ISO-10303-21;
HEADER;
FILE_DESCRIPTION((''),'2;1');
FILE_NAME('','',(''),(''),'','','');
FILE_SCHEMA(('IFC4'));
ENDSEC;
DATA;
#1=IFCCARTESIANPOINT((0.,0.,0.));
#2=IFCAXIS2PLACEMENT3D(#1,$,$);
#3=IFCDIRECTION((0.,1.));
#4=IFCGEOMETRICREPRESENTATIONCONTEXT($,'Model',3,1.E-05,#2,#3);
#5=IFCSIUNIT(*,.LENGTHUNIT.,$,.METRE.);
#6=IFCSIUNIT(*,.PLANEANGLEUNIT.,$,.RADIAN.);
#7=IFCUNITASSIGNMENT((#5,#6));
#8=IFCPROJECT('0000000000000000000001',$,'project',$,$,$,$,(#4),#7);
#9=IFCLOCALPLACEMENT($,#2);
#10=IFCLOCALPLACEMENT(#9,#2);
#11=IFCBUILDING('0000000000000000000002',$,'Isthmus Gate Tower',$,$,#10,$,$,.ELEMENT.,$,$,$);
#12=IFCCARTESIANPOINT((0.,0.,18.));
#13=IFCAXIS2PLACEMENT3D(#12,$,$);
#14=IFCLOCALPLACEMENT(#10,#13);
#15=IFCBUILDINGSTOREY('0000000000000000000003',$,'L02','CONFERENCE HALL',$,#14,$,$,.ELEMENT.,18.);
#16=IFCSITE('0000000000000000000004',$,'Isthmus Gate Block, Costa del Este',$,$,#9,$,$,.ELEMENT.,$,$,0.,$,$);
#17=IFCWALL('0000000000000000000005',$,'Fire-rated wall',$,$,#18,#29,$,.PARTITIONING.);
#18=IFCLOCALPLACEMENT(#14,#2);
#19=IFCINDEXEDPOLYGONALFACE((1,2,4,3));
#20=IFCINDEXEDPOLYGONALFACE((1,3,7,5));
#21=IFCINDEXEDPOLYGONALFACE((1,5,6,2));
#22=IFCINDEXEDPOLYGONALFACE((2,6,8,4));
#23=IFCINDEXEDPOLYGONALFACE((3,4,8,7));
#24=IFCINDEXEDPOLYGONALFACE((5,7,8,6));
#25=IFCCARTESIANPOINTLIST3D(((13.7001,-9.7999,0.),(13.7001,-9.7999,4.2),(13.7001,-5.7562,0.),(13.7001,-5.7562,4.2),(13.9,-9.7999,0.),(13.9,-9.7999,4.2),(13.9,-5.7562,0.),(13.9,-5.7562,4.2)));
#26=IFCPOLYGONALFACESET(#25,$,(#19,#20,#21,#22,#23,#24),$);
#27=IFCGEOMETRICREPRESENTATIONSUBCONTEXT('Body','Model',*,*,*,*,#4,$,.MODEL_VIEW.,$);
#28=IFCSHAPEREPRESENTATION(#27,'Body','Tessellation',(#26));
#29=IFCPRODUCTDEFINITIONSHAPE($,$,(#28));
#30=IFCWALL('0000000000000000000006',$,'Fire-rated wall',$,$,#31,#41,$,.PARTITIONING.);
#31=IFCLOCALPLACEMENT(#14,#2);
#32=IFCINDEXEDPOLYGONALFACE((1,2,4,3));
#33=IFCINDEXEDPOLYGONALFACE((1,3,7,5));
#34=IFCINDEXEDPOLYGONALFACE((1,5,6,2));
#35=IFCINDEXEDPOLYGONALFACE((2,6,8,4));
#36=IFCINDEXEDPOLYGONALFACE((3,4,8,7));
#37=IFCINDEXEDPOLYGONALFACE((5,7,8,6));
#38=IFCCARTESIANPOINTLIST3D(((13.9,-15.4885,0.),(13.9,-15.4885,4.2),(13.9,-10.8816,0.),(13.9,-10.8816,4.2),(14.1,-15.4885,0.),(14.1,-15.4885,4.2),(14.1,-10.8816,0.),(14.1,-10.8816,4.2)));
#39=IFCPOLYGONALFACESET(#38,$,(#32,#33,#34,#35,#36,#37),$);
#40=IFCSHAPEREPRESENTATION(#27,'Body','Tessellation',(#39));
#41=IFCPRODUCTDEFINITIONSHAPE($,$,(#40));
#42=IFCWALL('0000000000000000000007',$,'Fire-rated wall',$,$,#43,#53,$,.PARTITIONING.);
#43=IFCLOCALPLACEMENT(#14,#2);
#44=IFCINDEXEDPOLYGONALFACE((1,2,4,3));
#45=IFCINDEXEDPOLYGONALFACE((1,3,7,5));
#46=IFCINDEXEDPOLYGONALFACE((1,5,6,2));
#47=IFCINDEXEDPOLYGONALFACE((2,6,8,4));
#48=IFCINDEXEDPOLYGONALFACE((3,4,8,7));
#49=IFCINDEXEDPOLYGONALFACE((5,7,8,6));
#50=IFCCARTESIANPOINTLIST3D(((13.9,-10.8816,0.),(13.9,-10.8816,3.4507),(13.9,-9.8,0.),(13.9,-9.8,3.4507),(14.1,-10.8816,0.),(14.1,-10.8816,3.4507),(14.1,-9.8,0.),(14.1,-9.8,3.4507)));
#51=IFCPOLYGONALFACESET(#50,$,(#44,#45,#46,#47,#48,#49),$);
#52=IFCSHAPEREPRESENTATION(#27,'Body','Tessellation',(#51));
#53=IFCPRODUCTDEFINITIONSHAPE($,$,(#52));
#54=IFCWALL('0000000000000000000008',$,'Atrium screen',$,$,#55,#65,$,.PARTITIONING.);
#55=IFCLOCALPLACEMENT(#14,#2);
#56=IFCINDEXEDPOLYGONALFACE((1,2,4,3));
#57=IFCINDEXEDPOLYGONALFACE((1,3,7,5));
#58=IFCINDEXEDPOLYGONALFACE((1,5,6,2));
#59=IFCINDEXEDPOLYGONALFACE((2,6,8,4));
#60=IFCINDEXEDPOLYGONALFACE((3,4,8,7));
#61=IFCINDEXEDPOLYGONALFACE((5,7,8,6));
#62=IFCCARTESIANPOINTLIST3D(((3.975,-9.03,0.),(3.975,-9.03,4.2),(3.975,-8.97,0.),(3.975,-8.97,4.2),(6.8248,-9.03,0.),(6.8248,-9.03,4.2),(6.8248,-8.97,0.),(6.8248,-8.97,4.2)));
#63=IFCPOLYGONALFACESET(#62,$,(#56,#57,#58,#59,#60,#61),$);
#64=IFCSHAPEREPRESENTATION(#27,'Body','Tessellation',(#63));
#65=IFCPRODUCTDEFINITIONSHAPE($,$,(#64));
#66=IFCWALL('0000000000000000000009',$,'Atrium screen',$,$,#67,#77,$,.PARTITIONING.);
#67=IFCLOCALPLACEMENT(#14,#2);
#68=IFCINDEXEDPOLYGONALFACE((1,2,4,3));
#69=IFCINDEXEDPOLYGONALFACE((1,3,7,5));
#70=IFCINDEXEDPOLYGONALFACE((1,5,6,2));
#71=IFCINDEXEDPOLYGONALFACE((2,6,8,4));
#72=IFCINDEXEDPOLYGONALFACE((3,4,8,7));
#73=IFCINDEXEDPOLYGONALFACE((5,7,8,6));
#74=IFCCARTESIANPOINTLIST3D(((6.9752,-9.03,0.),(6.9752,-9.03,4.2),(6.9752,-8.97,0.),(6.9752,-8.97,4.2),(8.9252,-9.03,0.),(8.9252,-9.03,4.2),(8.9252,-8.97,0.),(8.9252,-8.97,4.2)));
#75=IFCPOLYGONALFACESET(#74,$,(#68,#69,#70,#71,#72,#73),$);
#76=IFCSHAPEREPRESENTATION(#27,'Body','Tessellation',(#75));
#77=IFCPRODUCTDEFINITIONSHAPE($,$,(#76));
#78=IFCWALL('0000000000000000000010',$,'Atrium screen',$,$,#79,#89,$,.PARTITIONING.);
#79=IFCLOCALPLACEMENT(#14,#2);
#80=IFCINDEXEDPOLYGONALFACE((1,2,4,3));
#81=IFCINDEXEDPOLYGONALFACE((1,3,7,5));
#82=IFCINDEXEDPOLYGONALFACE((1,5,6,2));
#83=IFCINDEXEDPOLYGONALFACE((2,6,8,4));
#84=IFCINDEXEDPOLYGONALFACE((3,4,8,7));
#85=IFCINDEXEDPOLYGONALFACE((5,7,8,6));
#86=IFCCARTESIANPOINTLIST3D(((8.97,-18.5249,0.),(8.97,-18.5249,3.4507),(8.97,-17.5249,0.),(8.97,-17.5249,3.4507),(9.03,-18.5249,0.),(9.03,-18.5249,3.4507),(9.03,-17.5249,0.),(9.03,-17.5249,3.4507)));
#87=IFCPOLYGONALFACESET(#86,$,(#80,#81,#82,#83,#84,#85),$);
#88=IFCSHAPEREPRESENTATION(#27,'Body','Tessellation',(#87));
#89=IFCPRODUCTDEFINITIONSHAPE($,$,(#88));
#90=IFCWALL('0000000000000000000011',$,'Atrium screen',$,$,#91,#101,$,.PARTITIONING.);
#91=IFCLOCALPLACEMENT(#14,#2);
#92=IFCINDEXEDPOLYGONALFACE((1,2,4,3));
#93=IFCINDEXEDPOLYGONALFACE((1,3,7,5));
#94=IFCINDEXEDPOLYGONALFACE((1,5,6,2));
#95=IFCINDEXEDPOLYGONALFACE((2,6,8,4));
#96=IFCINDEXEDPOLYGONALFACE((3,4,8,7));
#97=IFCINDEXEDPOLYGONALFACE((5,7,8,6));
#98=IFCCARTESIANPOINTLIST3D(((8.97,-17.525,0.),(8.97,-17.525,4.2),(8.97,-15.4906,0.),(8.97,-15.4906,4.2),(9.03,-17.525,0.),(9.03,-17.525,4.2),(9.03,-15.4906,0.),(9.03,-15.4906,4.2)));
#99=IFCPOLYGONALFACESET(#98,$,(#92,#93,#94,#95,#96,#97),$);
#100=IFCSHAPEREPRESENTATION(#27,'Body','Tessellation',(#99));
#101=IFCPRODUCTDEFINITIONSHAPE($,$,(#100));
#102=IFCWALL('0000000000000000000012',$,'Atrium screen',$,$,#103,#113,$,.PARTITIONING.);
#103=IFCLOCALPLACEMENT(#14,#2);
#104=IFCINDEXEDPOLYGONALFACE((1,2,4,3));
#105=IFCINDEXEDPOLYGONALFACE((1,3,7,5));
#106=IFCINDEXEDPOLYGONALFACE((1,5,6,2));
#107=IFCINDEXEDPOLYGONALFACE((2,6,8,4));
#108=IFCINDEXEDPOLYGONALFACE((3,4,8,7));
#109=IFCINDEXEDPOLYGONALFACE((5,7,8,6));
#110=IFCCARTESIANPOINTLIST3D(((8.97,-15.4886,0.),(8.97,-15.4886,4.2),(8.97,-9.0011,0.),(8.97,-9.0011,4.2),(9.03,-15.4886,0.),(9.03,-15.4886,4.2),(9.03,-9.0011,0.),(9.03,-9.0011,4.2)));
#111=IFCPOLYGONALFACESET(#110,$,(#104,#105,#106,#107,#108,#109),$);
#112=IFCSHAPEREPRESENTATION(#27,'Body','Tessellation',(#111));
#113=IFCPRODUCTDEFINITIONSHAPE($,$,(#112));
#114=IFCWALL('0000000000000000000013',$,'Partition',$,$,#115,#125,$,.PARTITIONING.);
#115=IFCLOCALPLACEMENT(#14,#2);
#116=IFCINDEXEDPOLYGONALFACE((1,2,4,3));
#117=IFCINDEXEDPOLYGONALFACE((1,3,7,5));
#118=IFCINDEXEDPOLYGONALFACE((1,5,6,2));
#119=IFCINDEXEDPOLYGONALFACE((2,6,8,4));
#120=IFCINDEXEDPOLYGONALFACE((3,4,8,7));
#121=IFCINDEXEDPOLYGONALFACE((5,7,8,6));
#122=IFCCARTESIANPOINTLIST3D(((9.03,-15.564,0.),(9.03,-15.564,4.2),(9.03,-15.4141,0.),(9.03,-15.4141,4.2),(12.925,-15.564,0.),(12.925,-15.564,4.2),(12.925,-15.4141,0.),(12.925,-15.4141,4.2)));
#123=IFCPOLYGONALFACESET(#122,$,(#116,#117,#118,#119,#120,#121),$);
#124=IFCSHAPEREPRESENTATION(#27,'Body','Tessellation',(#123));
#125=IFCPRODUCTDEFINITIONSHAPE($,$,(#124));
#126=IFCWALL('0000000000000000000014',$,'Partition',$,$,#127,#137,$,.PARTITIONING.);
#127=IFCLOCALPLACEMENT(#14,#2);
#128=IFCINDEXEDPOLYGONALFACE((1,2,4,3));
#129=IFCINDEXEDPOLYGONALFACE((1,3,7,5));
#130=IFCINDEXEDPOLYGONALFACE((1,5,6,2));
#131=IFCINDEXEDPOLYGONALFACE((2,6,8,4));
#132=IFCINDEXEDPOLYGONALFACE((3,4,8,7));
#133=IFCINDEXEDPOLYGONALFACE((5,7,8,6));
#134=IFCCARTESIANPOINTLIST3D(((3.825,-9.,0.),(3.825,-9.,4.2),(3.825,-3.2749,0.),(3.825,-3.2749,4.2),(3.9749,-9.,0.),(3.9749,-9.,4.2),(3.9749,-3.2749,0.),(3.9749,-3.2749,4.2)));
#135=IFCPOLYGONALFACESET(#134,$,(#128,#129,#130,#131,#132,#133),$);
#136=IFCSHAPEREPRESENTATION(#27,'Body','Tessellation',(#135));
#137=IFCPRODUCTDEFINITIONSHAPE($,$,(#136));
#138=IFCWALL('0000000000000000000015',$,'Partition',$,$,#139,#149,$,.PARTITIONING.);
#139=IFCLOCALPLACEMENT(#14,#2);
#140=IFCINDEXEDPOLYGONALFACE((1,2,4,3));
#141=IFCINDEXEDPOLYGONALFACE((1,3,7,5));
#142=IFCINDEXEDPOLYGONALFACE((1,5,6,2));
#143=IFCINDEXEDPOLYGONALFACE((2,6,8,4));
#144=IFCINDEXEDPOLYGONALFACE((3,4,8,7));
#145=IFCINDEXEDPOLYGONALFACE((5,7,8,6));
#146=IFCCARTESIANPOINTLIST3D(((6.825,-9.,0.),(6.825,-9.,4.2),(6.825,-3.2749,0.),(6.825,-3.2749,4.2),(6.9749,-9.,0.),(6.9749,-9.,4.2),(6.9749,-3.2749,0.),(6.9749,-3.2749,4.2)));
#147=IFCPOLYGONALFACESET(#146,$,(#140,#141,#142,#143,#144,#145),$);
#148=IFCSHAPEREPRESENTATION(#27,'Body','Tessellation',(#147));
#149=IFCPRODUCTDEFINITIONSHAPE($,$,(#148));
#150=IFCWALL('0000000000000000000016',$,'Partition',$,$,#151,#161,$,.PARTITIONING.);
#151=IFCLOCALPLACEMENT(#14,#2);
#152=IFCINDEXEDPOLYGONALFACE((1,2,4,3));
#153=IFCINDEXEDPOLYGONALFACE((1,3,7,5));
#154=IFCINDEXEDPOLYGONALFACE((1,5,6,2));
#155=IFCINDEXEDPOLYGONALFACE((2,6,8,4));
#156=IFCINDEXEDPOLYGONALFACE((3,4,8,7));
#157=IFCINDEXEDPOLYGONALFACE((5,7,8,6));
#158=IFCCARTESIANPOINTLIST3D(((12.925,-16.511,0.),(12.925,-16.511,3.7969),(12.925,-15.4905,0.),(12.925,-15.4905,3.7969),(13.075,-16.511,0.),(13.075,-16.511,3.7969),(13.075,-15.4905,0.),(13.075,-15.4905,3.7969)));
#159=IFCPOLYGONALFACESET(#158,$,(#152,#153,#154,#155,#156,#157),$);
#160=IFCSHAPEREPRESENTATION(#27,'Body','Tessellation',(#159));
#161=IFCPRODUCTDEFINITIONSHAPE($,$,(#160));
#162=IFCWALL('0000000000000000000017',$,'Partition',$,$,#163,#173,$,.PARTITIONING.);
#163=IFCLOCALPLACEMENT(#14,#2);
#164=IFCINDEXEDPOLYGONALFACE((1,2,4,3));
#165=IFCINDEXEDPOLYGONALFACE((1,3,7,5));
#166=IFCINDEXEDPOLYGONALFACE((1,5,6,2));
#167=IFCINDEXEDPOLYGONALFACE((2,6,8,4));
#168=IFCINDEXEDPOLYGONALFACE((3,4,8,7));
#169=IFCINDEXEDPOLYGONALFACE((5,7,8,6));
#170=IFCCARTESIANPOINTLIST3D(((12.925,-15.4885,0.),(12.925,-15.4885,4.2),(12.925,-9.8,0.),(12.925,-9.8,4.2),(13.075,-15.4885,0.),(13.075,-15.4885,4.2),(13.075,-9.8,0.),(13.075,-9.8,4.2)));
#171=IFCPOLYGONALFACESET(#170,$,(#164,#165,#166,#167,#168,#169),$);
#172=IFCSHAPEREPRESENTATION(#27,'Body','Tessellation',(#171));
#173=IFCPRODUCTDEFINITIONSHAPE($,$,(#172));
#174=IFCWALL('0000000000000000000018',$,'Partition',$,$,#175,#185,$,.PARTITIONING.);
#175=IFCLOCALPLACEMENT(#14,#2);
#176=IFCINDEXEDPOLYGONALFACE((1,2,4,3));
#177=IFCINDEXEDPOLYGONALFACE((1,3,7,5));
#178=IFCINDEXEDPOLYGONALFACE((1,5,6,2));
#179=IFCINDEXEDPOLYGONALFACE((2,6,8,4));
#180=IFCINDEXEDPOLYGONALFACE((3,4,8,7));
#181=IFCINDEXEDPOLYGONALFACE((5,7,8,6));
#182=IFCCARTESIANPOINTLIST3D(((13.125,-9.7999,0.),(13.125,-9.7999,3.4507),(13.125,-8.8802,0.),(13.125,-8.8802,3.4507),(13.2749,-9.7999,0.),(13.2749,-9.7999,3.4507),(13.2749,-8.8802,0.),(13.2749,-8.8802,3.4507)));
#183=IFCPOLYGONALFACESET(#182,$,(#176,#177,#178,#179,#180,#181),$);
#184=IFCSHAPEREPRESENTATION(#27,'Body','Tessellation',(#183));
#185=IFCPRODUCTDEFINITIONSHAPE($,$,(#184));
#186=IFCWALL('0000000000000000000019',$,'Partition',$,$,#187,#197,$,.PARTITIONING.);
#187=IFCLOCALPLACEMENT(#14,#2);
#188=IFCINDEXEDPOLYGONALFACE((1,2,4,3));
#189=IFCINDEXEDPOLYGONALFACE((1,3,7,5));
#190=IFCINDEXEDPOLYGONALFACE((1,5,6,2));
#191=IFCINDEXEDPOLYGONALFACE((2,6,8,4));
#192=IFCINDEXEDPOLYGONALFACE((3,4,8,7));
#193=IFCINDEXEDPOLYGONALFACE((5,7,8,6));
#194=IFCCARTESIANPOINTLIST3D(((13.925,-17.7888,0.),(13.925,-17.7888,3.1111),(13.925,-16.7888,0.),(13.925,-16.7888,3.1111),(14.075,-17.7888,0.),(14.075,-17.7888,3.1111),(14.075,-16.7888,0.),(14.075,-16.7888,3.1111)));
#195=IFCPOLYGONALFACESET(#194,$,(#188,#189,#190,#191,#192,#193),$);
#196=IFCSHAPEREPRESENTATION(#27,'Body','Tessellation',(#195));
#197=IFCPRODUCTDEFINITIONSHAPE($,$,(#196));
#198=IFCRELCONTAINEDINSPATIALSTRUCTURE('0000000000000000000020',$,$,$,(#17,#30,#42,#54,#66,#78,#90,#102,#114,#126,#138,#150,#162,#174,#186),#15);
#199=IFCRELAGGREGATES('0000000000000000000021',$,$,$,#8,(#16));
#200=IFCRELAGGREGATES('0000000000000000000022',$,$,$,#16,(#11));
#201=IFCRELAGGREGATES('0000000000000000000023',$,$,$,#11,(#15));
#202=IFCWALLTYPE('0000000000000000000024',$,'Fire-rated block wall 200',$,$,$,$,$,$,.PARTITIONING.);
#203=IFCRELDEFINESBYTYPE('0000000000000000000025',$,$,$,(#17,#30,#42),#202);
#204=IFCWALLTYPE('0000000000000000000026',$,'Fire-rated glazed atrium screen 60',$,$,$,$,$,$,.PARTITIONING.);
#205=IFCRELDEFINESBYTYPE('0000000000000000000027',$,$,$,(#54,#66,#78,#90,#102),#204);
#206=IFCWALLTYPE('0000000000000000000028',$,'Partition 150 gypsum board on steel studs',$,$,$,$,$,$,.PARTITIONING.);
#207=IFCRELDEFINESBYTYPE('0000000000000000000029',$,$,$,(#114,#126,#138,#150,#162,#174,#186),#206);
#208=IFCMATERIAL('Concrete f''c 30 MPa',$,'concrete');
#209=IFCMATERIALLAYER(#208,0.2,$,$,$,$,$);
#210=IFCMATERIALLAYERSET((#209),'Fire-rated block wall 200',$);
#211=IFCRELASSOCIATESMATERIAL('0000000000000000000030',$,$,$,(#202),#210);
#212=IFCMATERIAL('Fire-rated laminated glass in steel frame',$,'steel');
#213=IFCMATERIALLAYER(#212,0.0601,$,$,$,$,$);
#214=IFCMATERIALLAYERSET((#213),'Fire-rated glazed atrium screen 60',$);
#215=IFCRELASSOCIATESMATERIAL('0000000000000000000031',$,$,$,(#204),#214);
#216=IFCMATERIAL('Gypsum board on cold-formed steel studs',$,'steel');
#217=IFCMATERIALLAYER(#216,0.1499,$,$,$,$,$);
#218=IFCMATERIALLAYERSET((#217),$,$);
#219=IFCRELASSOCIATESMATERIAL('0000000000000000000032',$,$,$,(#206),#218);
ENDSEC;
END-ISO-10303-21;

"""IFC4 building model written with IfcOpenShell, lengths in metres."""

from ifc_helpers import new_model, si_unit, direction, frame, frame_2d, origin, place, context, subcontext, project, spatial, rectangle, extrude, material, layer, layer_set, type_object, element, save


model = new_model("IFC4")

# Units and contexts
model_context = context("Model", 3, precision=1e-05, world=origin(), true_north=direction((0.0, 1.0)))
body_context = subcontext(model_context, "Body", "Model", "MODEL_VIEW")
ifc_project = project(units=[si_unit("LENGTHUNIT", "METRE"), si_unit("PLANEANGLEUNIT", "RADIAN")], contexts=[model_context])

# Site, building, storey
site_placement = place(None, origin())
site = spatial("IfcSite", under=ifc_project, at=site_placement, Name="Isthmus Gate Block, Costa del Este", CompositionType="ELEMENT", RefElevation=0.0)
building_placement = place(site_placement, origin())
building = spatial("IfcBuilding", under=site, at=building_placement, Name="Isthmus Gate Tower", CompositionType="ELEMENT")
storey_placement = place(building_placement, frame((0.0, 0.0, 18.0)))
storey = spatial("IfcBuildingStorey", under=building, at=storey_placement, Name="L02", Description="CONFERENCE HALL", CompositionType="ELEMENT", Elevation=18.0)

# Walls
ifc_material_1 = material(Name="Concrete f'c 30 MPa", Category="concrete")
ifc_layer_1 = layer(ifc_material_1, 0.2)
ifc_layer_set_1 = layer_set([ifc_layer_1], Name="Fire-rated block wall 200")
wall_type_1 = type_object("IfcWallType", Name="Fire-rated block wall 200", PredefinedType="PARTITIONING", material=ifc_layer_set_1)
wall_1_placement = place(storey_placement, frame((13.8, -9.8, 0.0), z_axis=(0.0, 0.0, 1.0), x_axis=(0.0, 1.0, 0.0)))
element("IfcWall", 1, at=wall_1_placement, inside=storey, type_object=wall_type_1, Name="Fire-rated wall", PredefinedType="PARTITIONING", context=body_context, shape_type="SweptSolid", body=[
    extrude(rectangle(XDim=4.0437, YDim=0.2, at=frame_2d((2.022, 0.0))), origin(), (0.0, 0.0, 1.0), 4.2),
])
wall_2_placement = place(storey_placement, frame((14.0, -15.4885, 0.0), z_axis=(0.0, 0.0, 1.0), x_axis=(0.0, 1.0, 0.0)))
element("IfcWall", 2, at=wall_2_placement, inside=storey, type_object=wall_type_1, Name="Fire-rated wall", PredefinedType="PARTITIONING", context=body_context, shape_type="SweptSolid", body=[
    extrude(rectangle(XDim=4.6069, YDim=0.2, at=frame_2d((2.3035, 0.0))), origin(), (0.0, 0.0, 1.0), 4.2),
])
wall_3_placement = place(storey_placement, frame((14.0, -10.8816, 0.0), z_axis=(0.0, 0.0, 1.0), x_axis=(0.0, 1.0, 0.0)))
element("IfcWall", 3, at=wall_3_placement, inside=storey, type_object=wall_type_1, Name="Fire-rated wall", PredefinedType="PARTITIONING", context=body_context, shape_type="SweptSolid", body=[
    extrude(rectangle(XDim=1.0815, YDim=0.2, at=frame_2d((0.5408, 0.0))), origin(), (0.0, 0.0, 1.0), 3.4507),
])
ifc_material_2 = material(Name="Fire-rated laminated glass in steel frame", Category="steel")
ifc_layer_2 = layer(ifc_material_2, 0.0601)
ifc_layer_set_2 = layer_set([ifc_layer_2], Name="Fire-rated glazed atrium screen 60")
wall_type_2 = type_object("IfcWallType", Name="Fire-rated glazed atrium screen 60", PredefinedType="PARTITIONING", material=ifc_layer_set_2)
wall_4_placement = place(storey_placement, frame((3.9751, -9.0, 0.0), z_axis=(0.0, 0.0, 1.0), x_axis=(1.0, 0.0, 0.0)))
element("IfcWall", 4, at=wall_4_placement, inside=storey, type_object=wall_type_2, Name="Atrium screen", PredefinedType="PARTITIONING", context=body_context, shape_type="SweptSolid", body=[
    extrude(rectangle(XDim=2.8499, YDim=0.0601, at=frame_2d((1.4248, 0.0))), origin(), (0.0, 0.0, 1.0), 4.2),
])
wall_5_placement = place(storey_placement, frame((6.9751, -9.0, 0.0), z_axis=(0.0, 0.0, 1.0), x_axis=(1.0, 0.0, 0.0)))
element("IfcWall", 5, at=wall_5_placement, inside=storey, type_object=wall_type_2, Name="Atrium screen", PredefinedType="PARTITIONING", context=body_context, shape_type="SweptSolid", body=[
    extrude(rectangle(XDim=1.95, YDim=0.0601, at=frame_2d((0.9751, 0.0))), origin(), (0.0, 0.0, 1.0), 4.2),
])
wall_6_placement = place(storey_placement, frame((9.0, -18.5249, 0.0), z_axis=(0.0, 0.0, 1.0), x_axis=(0.0, 1.0, 0.0)))
element("IfcWall", 6, at=wall_6_placement, inside=storey, type_object=wall_type_2, Name="Atrium screen", PredefinedType="PARTITIONING", context=body_context, shape_type="SweptSolid", body=[
    extrude(rectangle(XDim=1.0, YDim=0.0601, at=frame_2d((0.5, 0.0))), origin(), (0.0, 0.0, 1.0), 3.4507),
])
wall_7_placement = place(storey_placement, frame((9.0, -17.5249, 0.0), z_axis=(0.0, 0.0, 1.0), x_axis=(0.0, 1.0, 0.0)))
element("IfcWall", 7, at=wall_7_placement, inside=storey, type_object=wall_type_2, Name="Atrium screen", PredefinedType="PARTITIONING", context=body_context, shape_type="SweptSolid", body=[
    extrude(rectangle(XDim=2.0344, YDim=0.0601, at=frame_2d((1.0171, 0.0))), origin(), (0.0, 0.0, 1.0), 4.2),
])
wall_8_placement = place(storey_placement, frame((9.0, -15.4885, 0.0), z_axis=(0.0, 0.0, 1.0), x_axis=(0.0, 1.0, 0.0)))
element("IfcWall", 8, at=wall_8_placement, inside=storey, type_object=wall_type_2, Name="Atrium screen", PredefinedType="PARTITIONING", context=body_context, shape_type="SweptSolid", body=[
    extrude(rectangle(XDim=6.4875, YDim=0.0601, at=frame_2d((3.2437, 0.0))), origin(), (0.0, 0.0, 1.0), 4.2),
])
ifc_material_3 = material(Name="Gypsum board on cold-formed steel studs", Category="steel")
ifc_layer_3 = layer(ifc_material_3, 0.1499)
ifc_layer_set_3 = layer_set([ifc_layer_3])
wall_type_3 = type_object("IfcWallType", Name="Partition 150 gypsum board on steel studs", PredefinedType="PARTITIONING", material=ifc_layer_set_3)
wall_9_placement = place(storey_placement, frame((9.03, -15.489, 0.0), z_axis=(0.0, 0.0, 1.0), x_axis=(1.0, 0.0, 0.0)))
element("IfcWall", 9, at=wall_9_placement, inside=storey, type_object=wall_type_3, Name="Partition", PredefinedType="PARTITIONING", context=body_context, shape_type="SweptSolid", body=[
    extrude(rectangle(XDim=3.895, YDim=0.1499, at=frame_2d((1.9475, 0.0))), origin(), (0.0, 0.0, 1.0), 4.2),
])
for number, where, z_axis, x_axis, name in (
    (10, (3.8999, -9.0, 0.0), (0.0, 0.0, 1.0), (0.0, 1.0, 0.0), "Partition"),
    (11, (6.8999, -9.0, 0.0), (0.0, 0.0, 1.0), (0.0, 1.0, 0.0), "Partition"),
):
    element("IfcWall", number, at=place(storey_placement, frame(where, z_axis=z_axis, x_axis=x_axis)), inside=storey, type_object=wall_type_3, Name=name, PredefinedType="PARTITIONING", context=body_context, shape_type="SweptSolid", body=[
        extrude(rectangle(XDim=5.7251, YDim=0.1499, at=frame_2d((2.8625, 0.0))), origin(), (0.0, 0.0, 1.0), 4.2),
    ])
wall_10_placement = place(storey_placement, frame((13.0, -16.511, 0.0), z_axis=(0.0, 0.0, 1.0), x_axis=(0.0, 1.0, 0.0)))
element("IfcWall", 12, at=wall_10_placement, inside=storey, type_object=wall_type_3, Name="Partition", PredefinedType="PARTITIONING", context=body_context, shape_type="SweptSolid", body=[
    extrude(rectangle(XDim=1.0205, YDim=0.1499, at=frame_2d((0.5103, 0.0))), origin(), (0.0, 0.0, 1.0), 3.7969),
])
wall_11_placement = place(storey_placement, frame((13.0, -15.4885, 0.0), z_axis=(0.0, 0.0, 1.0), x_axis=(0.0, 1.0, 0.0)))
element("IfcWall", 13, at=wall_11_placement, inside=storey, type_object=wall_type_3, Name="Partition", PredefinedType="PARTITIONING", context=body_context, shape_type="SweptSolid", body=[
    extrude(rectangle(XDim=5.6885, YDim=0.1499, at=frame_2d((2.8442, 0.0))), origin(), (0.0, 0.0, 1.0), 4.2),
])
wall_12_placement = place(storey_placement, frame((13.2, -9.8, 0.0), z_axis=(0.0, 0.0, 1.0), x_axis=(0.0, 1.0, 0.0)))
element("IfcWall", 14, at=wall_12_placement, inside=storey, type_object=wall_type_3, Name="Partition", PredefinedType="PARTITIONING", context=body_context, shape_type="SweptSolid", body=[
    extrude(rectangle(XDim=0.9197, YDim=0.1499, at=frame_2d((0.46, 0.0))), origin(), (0.0, 0.0, 1.0), 3.4507),
])
wall_13_placement = place(storey_placement, frame((14.0, -17.7888, 0.0), z_axis=(0.0, 0.0, 1.0), x_axis=(0.0, 1.0, 0.0)))
element("IfcWall", 15, at=wall_13_placement, inside=storey, type_object=wall_type_3, Name="Partition", PredefinedType="PARTITIONING", context=body_context, shape_type="SweptSolid", body=[
    extrude(rectangle(XDim=1.0, YDim=0.1499, at=frame_2d((0.5, 0.0))), origin(), (0.0, 0.0, 1.0), 3.1111),
])

save(model, "model.ifc")
